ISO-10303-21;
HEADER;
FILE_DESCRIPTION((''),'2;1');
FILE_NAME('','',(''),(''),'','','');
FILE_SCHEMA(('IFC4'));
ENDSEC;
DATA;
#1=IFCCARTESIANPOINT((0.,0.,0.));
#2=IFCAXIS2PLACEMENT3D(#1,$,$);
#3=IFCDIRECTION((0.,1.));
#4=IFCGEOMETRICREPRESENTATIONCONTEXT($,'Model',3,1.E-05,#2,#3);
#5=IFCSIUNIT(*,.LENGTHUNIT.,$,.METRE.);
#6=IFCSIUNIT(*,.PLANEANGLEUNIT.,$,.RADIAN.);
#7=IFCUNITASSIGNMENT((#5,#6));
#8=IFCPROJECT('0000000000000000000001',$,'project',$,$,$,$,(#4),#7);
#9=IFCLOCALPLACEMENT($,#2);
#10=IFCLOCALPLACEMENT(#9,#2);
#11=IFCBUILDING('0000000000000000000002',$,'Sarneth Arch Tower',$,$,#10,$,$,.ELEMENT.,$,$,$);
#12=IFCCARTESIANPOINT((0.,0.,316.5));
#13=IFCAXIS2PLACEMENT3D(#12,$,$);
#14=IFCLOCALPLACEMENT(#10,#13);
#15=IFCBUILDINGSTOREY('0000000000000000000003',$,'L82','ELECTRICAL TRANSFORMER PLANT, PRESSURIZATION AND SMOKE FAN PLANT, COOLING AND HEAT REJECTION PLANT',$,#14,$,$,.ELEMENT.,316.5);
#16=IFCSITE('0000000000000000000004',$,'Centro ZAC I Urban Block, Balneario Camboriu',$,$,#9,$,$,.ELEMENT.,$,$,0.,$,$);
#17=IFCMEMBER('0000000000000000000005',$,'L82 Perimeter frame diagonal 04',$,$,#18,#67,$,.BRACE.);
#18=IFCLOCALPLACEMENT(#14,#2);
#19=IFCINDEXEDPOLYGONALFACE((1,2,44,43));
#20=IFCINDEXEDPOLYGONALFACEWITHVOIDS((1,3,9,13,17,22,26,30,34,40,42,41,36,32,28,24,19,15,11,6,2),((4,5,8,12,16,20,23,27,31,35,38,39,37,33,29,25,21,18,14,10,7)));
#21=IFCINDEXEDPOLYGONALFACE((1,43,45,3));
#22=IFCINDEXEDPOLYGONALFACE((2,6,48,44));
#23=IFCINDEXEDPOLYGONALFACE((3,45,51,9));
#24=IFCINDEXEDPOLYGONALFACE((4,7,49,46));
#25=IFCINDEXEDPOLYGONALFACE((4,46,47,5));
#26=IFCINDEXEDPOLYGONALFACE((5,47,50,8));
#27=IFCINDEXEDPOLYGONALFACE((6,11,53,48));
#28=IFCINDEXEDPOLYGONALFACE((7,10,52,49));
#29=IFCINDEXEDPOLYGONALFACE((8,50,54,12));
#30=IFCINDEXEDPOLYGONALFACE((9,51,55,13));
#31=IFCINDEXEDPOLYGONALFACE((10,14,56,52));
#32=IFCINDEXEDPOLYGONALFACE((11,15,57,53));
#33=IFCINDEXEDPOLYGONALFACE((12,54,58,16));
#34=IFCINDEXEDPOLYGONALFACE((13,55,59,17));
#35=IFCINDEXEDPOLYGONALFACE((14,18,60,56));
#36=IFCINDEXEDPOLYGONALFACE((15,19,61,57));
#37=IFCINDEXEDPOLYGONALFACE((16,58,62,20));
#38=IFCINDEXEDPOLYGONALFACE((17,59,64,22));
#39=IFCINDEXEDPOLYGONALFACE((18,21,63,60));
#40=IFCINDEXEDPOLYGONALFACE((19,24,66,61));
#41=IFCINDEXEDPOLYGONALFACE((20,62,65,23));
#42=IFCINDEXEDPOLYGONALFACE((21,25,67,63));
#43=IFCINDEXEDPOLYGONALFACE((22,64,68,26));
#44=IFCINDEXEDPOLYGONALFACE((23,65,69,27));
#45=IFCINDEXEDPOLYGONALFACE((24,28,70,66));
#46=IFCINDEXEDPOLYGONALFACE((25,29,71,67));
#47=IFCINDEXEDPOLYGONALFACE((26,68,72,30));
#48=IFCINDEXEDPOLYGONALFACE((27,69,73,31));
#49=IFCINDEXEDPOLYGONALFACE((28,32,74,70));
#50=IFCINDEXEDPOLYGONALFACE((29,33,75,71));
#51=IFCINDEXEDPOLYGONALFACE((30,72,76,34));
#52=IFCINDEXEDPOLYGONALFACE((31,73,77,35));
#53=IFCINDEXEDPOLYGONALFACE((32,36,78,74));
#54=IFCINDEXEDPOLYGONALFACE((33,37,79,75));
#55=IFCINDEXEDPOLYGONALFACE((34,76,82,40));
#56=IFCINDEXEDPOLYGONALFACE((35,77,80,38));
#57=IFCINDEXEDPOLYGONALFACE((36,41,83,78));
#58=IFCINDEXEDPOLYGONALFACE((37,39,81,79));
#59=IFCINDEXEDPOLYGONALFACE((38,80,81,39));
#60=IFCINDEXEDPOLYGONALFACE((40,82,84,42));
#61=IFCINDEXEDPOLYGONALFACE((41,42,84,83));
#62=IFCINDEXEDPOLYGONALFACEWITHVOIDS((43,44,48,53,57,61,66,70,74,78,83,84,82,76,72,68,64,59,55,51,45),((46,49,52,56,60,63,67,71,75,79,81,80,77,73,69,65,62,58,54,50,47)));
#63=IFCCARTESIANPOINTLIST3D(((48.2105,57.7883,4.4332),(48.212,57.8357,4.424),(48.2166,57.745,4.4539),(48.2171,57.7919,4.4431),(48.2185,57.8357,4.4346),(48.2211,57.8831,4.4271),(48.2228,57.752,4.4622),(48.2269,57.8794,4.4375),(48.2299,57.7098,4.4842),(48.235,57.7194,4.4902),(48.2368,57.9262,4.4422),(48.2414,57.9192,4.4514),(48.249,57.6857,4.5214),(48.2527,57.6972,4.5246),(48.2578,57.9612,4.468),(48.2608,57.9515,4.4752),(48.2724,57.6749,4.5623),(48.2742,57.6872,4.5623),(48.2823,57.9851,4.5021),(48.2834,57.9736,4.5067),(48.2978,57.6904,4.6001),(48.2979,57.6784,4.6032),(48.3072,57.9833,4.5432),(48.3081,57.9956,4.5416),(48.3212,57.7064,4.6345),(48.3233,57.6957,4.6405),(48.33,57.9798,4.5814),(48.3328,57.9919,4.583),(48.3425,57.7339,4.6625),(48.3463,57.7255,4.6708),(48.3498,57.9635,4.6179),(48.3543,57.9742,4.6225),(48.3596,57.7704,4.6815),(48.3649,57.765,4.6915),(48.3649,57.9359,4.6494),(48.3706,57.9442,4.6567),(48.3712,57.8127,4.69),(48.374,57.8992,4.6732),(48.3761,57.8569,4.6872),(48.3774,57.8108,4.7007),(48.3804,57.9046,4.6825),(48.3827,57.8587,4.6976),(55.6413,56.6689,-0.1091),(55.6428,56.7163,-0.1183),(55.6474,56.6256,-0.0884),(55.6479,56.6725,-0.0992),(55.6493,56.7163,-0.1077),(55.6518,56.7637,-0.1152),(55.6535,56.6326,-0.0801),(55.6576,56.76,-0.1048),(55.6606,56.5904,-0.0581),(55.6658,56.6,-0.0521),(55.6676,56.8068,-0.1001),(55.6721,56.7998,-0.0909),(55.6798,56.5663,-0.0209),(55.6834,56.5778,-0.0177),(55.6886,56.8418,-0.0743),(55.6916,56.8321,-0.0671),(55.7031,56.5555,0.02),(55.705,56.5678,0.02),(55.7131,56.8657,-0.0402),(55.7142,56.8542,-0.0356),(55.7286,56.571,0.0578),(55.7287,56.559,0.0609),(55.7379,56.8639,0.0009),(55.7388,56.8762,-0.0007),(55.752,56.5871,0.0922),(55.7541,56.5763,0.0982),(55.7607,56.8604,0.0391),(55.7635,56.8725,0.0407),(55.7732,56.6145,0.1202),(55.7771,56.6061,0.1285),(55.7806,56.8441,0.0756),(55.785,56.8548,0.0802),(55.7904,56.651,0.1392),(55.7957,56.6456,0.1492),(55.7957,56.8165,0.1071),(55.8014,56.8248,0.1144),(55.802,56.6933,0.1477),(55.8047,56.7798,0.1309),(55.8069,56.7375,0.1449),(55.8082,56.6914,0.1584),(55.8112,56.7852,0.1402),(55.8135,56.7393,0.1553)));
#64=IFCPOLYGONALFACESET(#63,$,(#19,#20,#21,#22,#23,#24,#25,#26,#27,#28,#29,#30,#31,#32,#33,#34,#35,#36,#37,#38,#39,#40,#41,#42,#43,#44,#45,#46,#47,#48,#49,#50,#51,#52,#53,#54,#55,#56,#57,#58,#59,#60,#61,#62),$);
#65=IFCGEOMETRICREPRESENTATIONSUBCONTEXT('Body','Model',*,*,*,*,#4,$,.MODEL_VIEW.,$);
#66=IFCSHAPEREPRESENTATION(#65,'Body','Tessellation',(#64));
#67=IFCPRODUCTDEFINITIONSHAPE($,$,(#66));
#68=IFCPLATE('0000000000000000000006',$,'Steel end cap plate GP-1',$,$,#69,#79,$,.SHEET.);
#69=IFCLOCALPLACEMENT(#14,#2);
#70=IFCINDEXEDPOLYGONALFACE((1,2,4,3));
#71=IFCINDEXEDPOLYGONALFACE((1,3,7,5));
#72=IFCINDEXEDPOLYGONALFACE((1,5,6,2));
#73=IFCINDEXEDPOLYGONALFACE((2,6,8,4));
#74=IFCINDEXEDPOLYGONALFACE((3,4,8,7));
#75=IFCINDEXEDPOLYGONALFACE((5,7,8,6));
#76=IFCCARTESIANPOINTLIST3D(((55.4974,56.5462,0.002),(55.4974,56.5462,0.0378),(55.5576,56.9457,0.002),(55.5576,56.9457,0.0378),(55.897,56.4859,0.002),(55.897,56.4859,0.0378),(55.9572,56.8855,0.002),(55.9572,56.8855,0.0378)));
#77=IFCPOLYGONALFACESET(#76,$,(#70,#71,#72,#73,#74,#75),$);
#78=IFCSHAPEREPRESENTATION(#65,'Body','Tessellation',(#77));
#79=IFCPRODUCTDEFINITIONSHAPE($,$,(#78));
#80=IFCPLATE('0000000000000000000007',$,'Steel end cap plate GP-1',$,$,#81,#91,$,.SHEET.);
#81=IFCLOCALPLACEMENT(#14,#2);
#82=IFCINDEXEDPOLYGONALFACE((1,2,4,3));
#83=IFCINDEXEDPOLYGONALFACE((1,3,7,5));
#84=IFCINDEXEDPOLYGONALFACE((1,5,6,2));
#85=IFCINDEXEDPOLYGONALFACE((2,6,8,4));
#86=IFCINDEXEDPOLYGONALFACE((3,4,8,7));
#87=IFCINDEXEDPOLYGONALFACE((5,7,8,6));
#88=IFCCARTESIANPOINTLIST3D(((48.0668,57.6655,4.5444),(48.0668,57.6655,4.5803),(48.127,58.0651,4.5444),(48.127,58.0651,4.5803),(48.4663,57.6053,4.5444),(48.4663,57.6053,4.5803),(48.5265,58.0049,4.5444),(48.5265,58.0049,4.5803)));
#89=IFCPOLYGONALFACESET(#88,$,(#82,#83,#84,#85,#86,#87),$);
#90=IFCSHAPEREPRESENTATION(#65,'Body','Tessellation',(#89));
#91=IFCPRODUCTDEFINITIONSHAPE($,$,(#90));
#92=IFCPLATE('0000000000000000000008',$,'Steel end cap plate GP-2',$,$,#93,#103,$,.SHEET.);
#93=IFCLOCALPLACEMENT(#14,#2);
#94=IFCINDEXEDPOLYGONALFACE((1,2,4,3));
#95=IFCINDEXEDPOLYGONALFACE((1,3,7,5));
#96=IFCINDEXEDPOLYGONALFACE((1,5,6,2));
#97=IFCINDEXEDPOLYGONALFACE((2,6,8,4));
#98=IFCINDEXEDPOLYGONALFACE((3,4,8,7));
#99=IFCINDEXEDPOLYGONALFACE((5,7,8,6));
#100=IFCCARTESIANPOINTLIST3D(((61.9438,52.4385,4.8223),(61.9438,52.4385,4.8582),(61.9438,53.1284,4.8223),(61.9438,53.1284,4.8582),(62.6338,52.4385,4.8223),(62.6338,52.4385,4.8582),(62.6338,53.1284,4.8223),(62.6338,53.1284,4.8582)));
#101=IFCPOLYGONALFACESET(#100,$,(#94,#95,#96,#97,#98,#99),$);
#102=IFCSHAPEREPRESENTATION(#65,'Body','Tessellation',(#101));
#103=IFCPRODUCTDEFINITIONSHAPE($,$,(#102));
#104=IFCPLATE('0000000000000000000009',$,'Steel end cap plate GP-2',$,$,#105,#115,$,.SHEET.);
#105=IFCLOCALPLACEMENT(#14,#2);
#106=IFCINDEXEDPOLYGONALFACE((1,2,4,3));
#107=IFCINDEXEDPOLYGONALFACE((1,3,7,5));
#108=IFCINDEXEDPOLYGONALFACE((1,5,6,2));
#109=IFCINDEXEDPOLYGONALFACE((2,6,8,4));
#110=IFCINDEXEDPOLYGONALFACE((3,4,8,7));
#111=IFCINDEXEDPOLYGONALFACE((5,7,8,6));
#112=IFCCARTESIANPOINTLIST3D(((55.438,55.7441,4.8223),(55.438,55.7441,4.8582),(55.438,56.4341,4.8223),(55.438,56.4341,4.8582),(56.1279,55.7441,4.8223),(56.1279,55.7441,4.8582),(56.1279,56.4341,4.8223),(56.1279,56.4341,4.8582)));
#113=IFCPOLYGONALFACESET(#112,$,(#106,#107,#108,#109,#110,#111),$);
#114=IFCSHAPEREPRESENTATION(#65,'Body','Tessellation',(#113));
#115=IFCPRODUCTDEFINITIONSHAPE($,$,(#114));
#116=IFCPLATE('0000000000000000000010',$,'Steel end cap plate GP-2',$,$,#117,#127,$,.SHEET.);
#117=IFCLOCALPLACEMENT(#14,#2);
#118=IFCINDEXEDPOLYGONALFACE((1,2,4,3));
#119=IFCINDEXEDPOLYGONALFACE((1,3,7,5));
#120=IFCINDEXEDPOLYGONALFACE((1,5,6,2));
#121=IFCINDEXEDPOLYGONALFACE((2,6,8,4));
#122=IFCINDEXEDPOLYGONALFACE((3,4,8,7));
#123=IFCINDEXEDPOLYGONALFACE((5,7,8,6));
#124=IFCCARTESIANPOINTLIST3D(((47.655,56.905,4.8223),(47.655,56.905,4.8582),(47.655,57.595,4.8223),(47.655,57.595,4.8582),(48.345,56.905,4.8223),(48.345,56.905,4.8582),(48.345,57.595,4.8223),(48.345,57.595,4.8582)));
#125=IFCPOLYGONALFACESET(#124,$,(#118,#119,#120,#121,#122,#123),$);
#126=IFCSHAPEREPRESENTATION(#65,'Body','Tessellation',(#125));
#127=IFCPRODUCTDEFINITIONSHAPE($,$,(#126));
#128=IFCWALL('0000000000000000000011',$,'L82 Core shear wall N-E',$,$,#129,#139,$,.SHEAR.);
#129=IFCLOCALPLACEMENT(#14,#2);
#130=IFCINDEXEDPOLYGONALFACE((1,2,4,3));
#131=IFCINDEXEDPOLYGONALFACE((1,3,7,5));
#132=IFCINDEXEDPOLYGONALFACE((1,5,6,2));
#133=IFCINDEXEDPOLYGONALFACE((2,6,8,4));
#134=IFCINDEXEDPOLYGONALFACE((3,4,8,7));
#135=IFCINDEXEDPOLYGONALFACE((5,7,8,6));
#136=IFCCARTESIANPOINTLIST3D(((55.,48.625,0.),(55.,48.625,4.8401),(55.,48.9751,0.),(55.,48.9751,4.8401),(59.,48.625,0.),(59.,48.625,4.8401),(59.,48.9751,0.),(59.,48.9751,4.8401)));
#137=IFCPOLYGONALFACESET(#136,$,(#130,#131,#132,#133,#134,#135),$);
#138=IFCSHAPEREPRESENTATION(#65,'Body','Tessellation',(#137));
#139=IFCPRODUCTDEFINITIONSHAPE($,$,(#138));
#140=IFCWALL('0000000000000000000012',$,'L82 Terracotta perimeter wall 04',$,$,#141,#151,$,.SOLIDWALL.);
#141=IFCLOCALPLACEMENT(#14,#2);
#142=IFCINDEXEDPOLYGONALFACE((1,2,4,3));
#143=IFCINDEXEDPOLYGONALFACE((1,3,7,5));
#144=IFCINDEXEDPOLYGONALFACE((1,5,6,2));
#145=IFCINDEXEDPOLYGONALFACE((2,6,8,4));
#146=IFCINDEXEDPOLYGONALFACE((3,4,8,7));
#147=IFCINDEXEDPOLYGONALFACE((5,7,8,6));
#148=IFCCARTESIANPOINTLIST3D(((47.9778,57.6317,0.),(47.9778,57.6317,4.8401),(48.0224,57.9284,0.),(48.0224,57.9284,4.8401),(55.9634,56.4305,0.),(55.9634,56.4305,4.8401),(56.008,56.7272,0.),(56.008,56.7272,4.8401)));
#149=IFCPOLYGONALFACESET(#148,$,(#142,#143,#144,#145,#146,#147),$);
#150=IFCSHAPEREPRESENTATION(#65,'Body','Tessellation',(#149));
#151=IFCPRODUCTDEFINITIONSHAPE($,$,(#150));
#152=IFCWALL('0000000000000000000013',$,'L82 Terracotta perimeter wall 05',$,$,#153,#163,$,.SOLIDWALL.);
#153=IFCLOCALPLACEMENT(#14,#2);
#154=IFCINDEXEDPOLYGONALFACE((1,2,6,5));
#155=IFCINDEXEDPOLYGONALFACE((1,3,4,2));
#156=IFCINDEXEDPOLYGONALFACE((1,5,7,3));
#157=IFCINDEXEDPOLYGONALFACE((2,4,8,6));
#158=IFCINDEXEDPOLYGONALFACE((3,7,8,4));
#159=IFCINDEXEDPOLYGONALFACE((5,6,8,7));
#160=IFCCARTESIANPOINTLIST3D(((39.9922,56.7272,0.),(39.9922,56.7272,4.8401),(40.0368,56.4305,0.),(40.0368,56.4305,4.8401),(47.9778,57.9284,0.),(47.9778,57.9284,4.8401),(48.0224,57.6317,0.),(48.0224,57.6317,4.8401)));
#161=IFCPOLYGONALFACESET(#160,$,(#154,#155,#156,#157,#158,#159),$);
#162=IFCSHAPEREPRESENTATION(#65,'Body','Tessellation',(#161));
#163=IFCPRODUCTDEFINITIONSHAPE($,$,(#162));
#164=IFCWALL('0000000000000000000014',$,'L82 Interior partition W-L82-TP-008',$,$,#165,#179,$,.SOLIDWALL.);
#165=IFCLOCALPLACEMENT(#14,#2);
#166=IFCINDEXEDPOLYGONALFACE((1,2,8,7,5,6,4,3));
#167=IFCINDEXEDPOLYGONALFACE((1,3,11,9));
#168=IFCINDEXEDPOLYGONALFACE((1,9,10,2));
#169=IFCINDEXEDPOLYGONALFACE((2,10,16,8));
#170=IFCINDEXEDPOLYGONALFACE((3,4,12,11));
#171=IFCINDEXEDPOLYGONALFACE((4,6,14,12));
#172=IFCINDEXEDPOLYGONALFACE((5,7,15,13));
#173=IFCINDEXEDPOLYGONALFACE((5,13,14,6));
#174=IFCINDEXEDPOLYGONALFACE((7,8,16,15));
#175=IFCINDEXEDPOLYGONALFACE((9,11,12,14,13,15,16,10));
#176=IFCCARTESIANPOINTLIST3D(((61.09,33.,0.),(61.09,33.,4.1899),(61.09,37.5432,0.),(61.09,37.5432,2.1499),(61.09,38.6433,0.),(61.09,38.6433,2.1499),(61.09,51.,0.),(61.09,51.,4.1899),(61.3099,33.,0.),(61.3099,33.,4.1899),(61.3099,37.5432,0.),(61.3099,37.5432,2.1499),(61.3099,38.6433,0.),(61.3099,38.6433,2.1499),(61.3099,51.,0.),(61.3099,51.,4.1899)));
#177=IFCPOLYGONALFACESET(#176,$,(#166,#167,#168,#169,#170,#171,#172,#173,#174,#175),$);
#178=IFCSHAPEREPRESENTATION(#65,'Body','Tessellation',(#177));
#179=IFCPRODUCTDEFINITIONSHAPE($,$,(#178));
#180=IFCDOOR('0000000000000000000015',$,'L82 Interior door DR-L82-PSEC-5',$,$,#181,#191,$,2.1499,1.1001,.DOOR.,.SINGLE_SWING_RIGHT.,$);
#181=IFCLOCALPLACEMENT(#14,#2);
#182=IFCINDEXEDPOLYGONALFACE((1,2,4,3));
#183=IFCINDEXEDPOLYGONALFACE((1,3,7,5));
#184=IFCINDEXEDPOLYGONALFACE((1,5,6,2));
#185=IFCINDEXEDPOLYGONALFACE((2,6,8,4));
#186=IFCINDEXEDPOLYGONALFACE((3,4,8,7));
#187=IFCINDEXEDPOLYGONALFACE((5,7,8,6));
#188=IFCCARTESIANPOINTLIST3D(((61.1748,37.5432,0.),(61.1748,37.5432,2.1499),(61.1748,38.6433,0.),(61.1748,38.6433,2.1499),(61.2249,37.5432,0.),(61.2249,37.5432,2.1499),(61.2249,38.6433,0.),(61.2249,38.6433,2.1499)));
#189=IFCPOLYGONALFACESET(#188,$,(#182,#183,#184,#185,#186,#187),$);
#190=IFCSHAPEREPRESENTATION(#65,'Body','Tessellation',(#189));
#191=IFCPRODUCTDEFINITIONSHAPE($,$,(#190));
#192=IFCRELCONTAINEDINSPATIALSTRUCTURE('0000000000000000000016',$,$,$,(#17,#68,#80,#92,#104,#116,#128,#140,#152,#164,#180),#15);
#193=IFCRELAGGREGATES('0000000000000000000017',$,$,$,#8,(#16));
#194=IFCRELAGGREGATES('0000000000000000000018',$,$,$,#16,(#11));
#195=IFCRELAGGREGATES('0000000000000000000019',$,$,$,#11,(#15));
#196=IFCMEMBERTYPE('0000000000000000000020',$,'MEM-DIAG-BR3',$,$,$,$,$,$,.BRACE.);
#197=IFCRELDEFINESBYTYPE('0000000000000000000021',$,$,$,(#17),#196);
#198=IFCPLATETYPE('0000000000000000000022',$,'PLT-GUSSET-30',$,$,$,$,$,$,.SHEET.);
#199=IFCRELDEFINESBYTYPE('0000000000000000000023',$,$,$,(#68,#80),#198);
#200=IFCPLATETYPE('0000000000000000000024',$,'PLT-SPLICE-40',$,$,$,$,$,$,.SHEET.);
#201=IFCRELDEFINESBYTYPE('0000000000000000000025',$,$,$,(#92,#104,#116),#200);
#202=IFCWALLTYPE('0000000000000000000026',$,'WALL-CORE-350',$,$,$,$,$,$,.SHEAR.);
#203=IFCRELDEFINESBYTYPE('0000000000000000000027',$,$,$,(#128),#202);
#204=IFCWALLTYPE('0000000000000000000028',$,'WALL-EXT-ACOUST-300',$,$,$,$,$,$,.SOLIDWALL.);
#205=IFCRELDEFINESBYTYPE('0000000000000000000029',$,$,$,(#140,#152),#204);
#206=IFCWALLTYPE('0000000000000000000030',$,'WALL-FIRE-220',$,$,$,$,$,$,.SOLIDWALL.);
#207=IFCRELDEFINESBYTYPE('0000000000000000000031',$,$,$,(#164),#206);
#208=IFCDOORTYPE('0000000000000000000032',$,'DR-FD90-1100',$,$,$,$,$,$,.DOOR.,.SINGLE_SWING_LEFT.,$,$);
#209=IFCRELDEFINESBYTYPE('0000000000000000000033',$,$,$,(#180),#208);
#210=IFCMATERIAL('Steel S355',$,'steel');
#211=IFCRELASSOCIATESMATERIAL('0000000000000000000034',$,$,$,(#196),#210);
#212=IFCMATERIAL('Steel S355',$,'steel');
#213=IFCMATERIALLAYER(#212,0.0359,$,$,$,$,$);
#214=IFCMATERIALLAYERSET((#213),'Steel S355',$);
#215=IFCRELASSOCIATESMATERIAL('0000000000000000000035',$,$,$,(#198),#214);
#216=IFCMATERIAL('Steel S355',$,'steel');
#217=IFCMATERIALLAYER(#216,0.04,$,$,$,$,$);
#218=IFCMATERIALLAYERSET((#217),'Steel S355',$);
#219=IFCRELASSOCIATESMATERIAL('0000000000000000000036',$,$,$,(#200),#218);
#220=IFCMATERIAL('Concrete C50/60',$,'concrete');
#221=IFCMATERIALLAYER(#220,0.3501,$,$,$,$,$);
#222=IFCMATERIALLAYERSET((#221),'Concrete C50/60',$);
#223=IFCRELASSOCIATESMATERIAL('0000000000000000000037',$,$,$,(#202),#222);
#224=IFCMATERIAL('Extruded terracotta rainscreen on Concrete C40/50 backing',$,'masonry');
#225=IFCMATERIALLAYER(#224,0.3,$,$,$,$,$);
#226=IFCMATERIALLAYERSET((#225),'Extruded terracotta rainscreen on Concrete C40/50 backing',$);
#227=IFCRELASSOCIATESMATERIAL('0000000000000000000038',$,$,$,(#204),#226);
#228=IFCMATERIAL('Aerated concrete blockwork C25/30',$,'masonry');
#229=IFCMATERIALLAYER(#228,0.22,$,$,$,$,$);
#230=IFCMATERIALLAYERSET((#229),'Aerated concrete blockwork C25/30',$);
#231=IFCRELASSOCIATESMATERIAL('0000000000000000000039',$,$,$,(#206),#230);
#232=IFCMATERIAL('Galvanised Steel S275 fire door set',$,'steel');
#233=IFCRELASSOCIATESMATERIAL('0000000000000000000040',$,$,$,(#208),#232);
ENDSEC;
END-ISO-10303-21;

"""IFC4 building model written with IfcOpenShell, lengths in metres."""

from ifc_helpers import new_model, si_unit, direction, frame, frame_2d, origin, origin_2d, place, context, subcontext, project, spatial, rectangle, hollow_circle, extrude, material, layer, layer_set, material_profile, profile_set, type_object, element, fill, save


model = new_model("IFC4")

# Units and contexts
model_context = context("Model", 3, precision=1e-05, world=origin(), true_north=direction((0.0, 1.0)))
body_context = subcontext(model_context, "Body", "Model", "MODEL_VIEW")
ifc_project = project(units=[si_unit("LENGTHUNIT", "METRE"), si_unit("PLANEANGLEUNIT", "RADIAN")], contexts=[model_context])

# Site, building, storey
site_placement = place(None, origin())
site = spatial("IfcSite", under=ifc_project, at=site_placement, Name="Centro ZAC I Urban Block, Balneario Camboriu", CompositionType="ELEMENT", RefElevation=0.0)
building_placement = place(site_placement, origin())
building = spatial("IfcBuilding", under=site, at=building_placement, Name="Sarneth Arch Tower", CompositionType="ELEMENT")
storey_placement = place(building_placement, frame((0.0, 0.0, 316.5)))
storey = spatial("IfcBuildingStorey", under=building, at=storey_placement, Name="L82", Description="ELECTRICAL TRANSFORMER PLANT, PRESSURIZATION AND SMOKE FAN PLANT, COOLING AND HEAT REJECTION PLANT", CompositionType="ELEMENT", Elevation=316.5)

# Member
ifc_material_1 = material(Name="Steel S355", Category="steel")
ifc_material_profile_1 = material_profile(ifc_material_1, hollow_circle(Radius=0.1621, WallThickness=0.0125, at=origin_2d()), Name="CHS324x12.5")
ifc_profile_set_1 = profile_set([ifc_material_profile_1], Name="Steel S355")
member_type_1 = type_object("IfcMemberType", Name="MEM-DIAG-BR3", PredefinedType="BRACE", material=ifc_profile_set_1)
member_1_placement = place(storey_placement, frame((55.7273, 56.7158, 0.02), z_axis=(-0.846255, 0.127483, 0.517301), x_axis=(-0.148963, -0.988843, 0.0)))
element("IfcMember", 1, at=member_1_placement, inside=storey, type_object=member_type_1, Name="L82 Perimeter frame diagonal 04", PredefinedType="BRACE", context=body_context, shape_type="SweptSolid", body=[
    extrude(hollow_circle(Radius=0.1621, WallThickness=0.0125, at=origin_2d()), origin(), (0.0, 0.0, 1.0), 8.7808),
])

# Plates
ifc_material_2 = material(Name="Steel S355", Category="steel")
ifc_layer_1 = layer(ifc_material_2, 0.0359)
ifc_layer_set_1 = layer_set([ifc_layer_1], Name="Steel S355")
plate_type_1 = type_object("IfcPlateType", Name="PLT-GUSSET-30", PredefinedType="SHEET", material=ifc_layer_set_1)
for number, where, z_axis, x_axis, name in (
    (2, (55.7273, 56.7158, 0.002), (0.0, 0.0, 1.0), (-0.988835, 0.149018, 0.0), "Steel end cap plate GP-1"),
    (3, (48.2966, 57.8352, 4.5444), (0.0, 0.0, 1.0), (-0.988835, 0.149018, 0.0), "Steel end cap plate GP-1"),
):
    element("IfcPlate", number, at=place(storey_placement, frame(where, z_axis=z_axis, x_axis=x_axis)), inside=storey, type_object=plate_type_1, Name=name, PredefinedType="SHEET", context=body_context, shape_type="SweptSolid", body=[
        extrude(rectangle(XDim=0.4041, YDim=0.4041, at=origin_2d()), origin(), (0.0, 0.0, 1.0), 0.0359),
    ])
ifc_material_3 = material(Name="Steel S355", Category="steel")
ifc_layer_2 = layer(ifc_material_3, 0.04)
ifc_layer_set_2 = layer_set([ifc_layer_2], Name="Steel S355")
plate_type_2 = type_object("IfcPlateType", Name="PLT-SPLICE-40", PredefinedType="SHEET", material=ifc_layer_set_2)
for number, where, z_axis, x_axis, name in (
    (4, (62.2888, 52.7834, 4.8223), (0.0, 0.0, 1.0), (1.0, 0.0, 0.0), "Steel end cap plate GP-2"),
    (5, (55.783, 56.0891, 4.8223), (0.0, 0.0, 1.0), (1.0, 0.0, 0.0), "Steel end cap plate GP-2"),
    (6, (48.0, 57.25, 4.8223), (0.0, 0.0, 1.0), (1.0, 0.0, 0.0), "Steel end cap plate GP-2"),
):
    element("IfcPlate", number, at=place(storey_placement, frame(where, z_axis=z_axis, x_axis=x_axis)), inside=storey, type_object=plate_type_2, Name=name, PredefinedType="SHEET", context=body_context, shape_type="SweptSolid", body=[
        extrude(rectangle(XDim=0.6899, YDim=0.6899, at=origin_2d()), origin(), (0.0, 0.0, 1.0), 0.0359),
    ])

# Walls
ifc_material_4 = material(Name="Concrete C50/60", Category="concrete")
ifc_layer_3 = layer(ifc_material_4, 0.3501)
ifc_layer_set_3 = layer_set([ifc_layer_3], Name="Concrete C50/60")
wall_type_1 = type_object("IfcWallType", Name="WALL-CORE-350", PredefinedType="SHEAR", material=ifc_layer_set_3)
wall_1_placement = place(storey_placement, frame((55.0, 48.8, 0.0), z_axis=(0.0, 0.0, 1.0), x_axis=(1.0, 0.0, 0.0)))
element("IfcWall", 7, at=wall_1_placement, inside=storey, type_object=wall_type_1, Name="L82 Core shear wall N-E", PredefinedType="SHEAR", context=body_context, shape_type="SweptSolid", body=[
    extrude(rectangle(XDim=4.0, YDim=0.3501, at=frame_2d((2.0, 0.0))), origin(), (0.0, 0.0, 1.0), 4.8401),
])
ifc_material_5 = material(Name="Extruded terracotta rainscreen on Concrete C40/50 backing", Category="masonry")
ifc_layer_4 = layer(ifc_material_5, 0.3)
ifc_layer_set_4 = layer_set([ifc_layer_4], Name="Extruded terracotta rainscreen on Concrete C40/50 backing")
wall_type_2 = type_object("IfcWallType", Name="WALL-EXT-ACOUST-300", PredefinedType="SOLIDWALL", material=ifc_layer_set_4)
for number, where, z_axis, x_axis, name in (
    (8, (55.9856, 56.5789, 0.0), (0.0, 0.0, 1.0), (-0.988876, 0.148744, 0.0), "L82 Terracotta perimeter wall 04"),
    (9, (48.0, 57.78, 0.0), (0.0, 0.0, 1.0), (-0.988876, -0.148744, 0.0), "L82 Terracotta perimeter wall 05"),
):
    element("IfcWall", number, at=place(storey_placement, frame(where, z_axis=z_axis, x_axis=x_axis)), inside=storey, type_object=wall_type_2, Name=name, PredefinedType="SOLIDWALL", context=body_context, shape_type="SweptSolid", body=[
        extrude(rectangle(XDim=8.0754, YDim=0.3, at=frame_2d((4.0376, 0.0))), origin(), (0.0, 0.0, 1.0), 4.8401),
    ])

# Wall, opening, door
ifc_material_6 = material(Name="Aerated concrete blockwork C25/30", Category="masonry")
ifc_layer_5 = layer(ifc_material_6, 0.22)
ifc_layer_set_5 = layer_set([ifc_layer_5], Name="Aerated concrete blockwork C25/30")
wall_type_3 = type_object("IfcWallType", Name="WALL-FIRE-220", PredefinedType="SOLIDWALL", material=ifc_layer_set_5)
wall_2_placement = place(storey_placement, frame((61.2, 51.0, 0.0), z_axis=(0.0, 0.0, 1.0), x_axis=(0.0, -1.0, 0.0)))
wall_2 = element("IfcWall", 10, at=wall_2_placement, inside=storey, type_object=wall_type_3, Name="L82 Interior partition W-L82-TP-008", PredefinedType="SOLIDWALL", context=body_context, shape_type="SweptSolid", body=[
    extrude(rectangle(XDim=18.0, YDim=0.22, at=frame_2d((9.0, 0.0))), origin(), (0.0, 0.0, 1.0), 4.1899),
])
opening_placement = place(wall_2_placement, frame((12.3567, 0.0, 0.0)))
opening = element("IfcOpeningElement", 11, at=opening_placement, cuts=wall_2, PredefinedType="OPENING", context=body_context, shape_type="SweptSolid", body=[
    extrude(rectangle(XDim=1.1001, YDim=2.1499, at=frame_2d((0.55, 1.075))), frame((0.0, 0.1199, 0.0), z_axis=(0.0, -1.0, 0.0), x_axis=(1.0, 0.0, 0.0)), (0.0, 0.0, 1.0), 0.24),
])
ifc_material_7 = material(Name="Galvanised Steel S275 fire door set", Category="steel")
door_type = type_object("IfcDoorType", Name="DR-FD90-1100", OperationType="SINGLE_SWING_LEFT", PredefinedType="DOOR", material=ifc_material_7)
door_placement = place(opening_placement, origin())
door = element("IfcDoor", 12, at=door_placement, inside=storey, type_object=door_type, Name="L82 Interior door DR-L82-PSEC-5", OperationType="SINGLE_SWING_RIGHT", OverallHeight=2.1499, OverallWidth=1.1001, PredefinedType="DOOR", context=body_context, shape_type="SweptSolid", body=[
    extrude(rectangle(XDim=1.1001, YDim=2.1499, at=frame_2d((0.55, 1.075))), frame((0.0, 0.0249, 0.0), z_axis=(0.0, -1.0, 0.0), x_axis=(1.0, 0.0, 0.0)), (0.0, 0.0, 1.0), 0.05),
])
fill(opening, door)

save(model, "model.ifc")
